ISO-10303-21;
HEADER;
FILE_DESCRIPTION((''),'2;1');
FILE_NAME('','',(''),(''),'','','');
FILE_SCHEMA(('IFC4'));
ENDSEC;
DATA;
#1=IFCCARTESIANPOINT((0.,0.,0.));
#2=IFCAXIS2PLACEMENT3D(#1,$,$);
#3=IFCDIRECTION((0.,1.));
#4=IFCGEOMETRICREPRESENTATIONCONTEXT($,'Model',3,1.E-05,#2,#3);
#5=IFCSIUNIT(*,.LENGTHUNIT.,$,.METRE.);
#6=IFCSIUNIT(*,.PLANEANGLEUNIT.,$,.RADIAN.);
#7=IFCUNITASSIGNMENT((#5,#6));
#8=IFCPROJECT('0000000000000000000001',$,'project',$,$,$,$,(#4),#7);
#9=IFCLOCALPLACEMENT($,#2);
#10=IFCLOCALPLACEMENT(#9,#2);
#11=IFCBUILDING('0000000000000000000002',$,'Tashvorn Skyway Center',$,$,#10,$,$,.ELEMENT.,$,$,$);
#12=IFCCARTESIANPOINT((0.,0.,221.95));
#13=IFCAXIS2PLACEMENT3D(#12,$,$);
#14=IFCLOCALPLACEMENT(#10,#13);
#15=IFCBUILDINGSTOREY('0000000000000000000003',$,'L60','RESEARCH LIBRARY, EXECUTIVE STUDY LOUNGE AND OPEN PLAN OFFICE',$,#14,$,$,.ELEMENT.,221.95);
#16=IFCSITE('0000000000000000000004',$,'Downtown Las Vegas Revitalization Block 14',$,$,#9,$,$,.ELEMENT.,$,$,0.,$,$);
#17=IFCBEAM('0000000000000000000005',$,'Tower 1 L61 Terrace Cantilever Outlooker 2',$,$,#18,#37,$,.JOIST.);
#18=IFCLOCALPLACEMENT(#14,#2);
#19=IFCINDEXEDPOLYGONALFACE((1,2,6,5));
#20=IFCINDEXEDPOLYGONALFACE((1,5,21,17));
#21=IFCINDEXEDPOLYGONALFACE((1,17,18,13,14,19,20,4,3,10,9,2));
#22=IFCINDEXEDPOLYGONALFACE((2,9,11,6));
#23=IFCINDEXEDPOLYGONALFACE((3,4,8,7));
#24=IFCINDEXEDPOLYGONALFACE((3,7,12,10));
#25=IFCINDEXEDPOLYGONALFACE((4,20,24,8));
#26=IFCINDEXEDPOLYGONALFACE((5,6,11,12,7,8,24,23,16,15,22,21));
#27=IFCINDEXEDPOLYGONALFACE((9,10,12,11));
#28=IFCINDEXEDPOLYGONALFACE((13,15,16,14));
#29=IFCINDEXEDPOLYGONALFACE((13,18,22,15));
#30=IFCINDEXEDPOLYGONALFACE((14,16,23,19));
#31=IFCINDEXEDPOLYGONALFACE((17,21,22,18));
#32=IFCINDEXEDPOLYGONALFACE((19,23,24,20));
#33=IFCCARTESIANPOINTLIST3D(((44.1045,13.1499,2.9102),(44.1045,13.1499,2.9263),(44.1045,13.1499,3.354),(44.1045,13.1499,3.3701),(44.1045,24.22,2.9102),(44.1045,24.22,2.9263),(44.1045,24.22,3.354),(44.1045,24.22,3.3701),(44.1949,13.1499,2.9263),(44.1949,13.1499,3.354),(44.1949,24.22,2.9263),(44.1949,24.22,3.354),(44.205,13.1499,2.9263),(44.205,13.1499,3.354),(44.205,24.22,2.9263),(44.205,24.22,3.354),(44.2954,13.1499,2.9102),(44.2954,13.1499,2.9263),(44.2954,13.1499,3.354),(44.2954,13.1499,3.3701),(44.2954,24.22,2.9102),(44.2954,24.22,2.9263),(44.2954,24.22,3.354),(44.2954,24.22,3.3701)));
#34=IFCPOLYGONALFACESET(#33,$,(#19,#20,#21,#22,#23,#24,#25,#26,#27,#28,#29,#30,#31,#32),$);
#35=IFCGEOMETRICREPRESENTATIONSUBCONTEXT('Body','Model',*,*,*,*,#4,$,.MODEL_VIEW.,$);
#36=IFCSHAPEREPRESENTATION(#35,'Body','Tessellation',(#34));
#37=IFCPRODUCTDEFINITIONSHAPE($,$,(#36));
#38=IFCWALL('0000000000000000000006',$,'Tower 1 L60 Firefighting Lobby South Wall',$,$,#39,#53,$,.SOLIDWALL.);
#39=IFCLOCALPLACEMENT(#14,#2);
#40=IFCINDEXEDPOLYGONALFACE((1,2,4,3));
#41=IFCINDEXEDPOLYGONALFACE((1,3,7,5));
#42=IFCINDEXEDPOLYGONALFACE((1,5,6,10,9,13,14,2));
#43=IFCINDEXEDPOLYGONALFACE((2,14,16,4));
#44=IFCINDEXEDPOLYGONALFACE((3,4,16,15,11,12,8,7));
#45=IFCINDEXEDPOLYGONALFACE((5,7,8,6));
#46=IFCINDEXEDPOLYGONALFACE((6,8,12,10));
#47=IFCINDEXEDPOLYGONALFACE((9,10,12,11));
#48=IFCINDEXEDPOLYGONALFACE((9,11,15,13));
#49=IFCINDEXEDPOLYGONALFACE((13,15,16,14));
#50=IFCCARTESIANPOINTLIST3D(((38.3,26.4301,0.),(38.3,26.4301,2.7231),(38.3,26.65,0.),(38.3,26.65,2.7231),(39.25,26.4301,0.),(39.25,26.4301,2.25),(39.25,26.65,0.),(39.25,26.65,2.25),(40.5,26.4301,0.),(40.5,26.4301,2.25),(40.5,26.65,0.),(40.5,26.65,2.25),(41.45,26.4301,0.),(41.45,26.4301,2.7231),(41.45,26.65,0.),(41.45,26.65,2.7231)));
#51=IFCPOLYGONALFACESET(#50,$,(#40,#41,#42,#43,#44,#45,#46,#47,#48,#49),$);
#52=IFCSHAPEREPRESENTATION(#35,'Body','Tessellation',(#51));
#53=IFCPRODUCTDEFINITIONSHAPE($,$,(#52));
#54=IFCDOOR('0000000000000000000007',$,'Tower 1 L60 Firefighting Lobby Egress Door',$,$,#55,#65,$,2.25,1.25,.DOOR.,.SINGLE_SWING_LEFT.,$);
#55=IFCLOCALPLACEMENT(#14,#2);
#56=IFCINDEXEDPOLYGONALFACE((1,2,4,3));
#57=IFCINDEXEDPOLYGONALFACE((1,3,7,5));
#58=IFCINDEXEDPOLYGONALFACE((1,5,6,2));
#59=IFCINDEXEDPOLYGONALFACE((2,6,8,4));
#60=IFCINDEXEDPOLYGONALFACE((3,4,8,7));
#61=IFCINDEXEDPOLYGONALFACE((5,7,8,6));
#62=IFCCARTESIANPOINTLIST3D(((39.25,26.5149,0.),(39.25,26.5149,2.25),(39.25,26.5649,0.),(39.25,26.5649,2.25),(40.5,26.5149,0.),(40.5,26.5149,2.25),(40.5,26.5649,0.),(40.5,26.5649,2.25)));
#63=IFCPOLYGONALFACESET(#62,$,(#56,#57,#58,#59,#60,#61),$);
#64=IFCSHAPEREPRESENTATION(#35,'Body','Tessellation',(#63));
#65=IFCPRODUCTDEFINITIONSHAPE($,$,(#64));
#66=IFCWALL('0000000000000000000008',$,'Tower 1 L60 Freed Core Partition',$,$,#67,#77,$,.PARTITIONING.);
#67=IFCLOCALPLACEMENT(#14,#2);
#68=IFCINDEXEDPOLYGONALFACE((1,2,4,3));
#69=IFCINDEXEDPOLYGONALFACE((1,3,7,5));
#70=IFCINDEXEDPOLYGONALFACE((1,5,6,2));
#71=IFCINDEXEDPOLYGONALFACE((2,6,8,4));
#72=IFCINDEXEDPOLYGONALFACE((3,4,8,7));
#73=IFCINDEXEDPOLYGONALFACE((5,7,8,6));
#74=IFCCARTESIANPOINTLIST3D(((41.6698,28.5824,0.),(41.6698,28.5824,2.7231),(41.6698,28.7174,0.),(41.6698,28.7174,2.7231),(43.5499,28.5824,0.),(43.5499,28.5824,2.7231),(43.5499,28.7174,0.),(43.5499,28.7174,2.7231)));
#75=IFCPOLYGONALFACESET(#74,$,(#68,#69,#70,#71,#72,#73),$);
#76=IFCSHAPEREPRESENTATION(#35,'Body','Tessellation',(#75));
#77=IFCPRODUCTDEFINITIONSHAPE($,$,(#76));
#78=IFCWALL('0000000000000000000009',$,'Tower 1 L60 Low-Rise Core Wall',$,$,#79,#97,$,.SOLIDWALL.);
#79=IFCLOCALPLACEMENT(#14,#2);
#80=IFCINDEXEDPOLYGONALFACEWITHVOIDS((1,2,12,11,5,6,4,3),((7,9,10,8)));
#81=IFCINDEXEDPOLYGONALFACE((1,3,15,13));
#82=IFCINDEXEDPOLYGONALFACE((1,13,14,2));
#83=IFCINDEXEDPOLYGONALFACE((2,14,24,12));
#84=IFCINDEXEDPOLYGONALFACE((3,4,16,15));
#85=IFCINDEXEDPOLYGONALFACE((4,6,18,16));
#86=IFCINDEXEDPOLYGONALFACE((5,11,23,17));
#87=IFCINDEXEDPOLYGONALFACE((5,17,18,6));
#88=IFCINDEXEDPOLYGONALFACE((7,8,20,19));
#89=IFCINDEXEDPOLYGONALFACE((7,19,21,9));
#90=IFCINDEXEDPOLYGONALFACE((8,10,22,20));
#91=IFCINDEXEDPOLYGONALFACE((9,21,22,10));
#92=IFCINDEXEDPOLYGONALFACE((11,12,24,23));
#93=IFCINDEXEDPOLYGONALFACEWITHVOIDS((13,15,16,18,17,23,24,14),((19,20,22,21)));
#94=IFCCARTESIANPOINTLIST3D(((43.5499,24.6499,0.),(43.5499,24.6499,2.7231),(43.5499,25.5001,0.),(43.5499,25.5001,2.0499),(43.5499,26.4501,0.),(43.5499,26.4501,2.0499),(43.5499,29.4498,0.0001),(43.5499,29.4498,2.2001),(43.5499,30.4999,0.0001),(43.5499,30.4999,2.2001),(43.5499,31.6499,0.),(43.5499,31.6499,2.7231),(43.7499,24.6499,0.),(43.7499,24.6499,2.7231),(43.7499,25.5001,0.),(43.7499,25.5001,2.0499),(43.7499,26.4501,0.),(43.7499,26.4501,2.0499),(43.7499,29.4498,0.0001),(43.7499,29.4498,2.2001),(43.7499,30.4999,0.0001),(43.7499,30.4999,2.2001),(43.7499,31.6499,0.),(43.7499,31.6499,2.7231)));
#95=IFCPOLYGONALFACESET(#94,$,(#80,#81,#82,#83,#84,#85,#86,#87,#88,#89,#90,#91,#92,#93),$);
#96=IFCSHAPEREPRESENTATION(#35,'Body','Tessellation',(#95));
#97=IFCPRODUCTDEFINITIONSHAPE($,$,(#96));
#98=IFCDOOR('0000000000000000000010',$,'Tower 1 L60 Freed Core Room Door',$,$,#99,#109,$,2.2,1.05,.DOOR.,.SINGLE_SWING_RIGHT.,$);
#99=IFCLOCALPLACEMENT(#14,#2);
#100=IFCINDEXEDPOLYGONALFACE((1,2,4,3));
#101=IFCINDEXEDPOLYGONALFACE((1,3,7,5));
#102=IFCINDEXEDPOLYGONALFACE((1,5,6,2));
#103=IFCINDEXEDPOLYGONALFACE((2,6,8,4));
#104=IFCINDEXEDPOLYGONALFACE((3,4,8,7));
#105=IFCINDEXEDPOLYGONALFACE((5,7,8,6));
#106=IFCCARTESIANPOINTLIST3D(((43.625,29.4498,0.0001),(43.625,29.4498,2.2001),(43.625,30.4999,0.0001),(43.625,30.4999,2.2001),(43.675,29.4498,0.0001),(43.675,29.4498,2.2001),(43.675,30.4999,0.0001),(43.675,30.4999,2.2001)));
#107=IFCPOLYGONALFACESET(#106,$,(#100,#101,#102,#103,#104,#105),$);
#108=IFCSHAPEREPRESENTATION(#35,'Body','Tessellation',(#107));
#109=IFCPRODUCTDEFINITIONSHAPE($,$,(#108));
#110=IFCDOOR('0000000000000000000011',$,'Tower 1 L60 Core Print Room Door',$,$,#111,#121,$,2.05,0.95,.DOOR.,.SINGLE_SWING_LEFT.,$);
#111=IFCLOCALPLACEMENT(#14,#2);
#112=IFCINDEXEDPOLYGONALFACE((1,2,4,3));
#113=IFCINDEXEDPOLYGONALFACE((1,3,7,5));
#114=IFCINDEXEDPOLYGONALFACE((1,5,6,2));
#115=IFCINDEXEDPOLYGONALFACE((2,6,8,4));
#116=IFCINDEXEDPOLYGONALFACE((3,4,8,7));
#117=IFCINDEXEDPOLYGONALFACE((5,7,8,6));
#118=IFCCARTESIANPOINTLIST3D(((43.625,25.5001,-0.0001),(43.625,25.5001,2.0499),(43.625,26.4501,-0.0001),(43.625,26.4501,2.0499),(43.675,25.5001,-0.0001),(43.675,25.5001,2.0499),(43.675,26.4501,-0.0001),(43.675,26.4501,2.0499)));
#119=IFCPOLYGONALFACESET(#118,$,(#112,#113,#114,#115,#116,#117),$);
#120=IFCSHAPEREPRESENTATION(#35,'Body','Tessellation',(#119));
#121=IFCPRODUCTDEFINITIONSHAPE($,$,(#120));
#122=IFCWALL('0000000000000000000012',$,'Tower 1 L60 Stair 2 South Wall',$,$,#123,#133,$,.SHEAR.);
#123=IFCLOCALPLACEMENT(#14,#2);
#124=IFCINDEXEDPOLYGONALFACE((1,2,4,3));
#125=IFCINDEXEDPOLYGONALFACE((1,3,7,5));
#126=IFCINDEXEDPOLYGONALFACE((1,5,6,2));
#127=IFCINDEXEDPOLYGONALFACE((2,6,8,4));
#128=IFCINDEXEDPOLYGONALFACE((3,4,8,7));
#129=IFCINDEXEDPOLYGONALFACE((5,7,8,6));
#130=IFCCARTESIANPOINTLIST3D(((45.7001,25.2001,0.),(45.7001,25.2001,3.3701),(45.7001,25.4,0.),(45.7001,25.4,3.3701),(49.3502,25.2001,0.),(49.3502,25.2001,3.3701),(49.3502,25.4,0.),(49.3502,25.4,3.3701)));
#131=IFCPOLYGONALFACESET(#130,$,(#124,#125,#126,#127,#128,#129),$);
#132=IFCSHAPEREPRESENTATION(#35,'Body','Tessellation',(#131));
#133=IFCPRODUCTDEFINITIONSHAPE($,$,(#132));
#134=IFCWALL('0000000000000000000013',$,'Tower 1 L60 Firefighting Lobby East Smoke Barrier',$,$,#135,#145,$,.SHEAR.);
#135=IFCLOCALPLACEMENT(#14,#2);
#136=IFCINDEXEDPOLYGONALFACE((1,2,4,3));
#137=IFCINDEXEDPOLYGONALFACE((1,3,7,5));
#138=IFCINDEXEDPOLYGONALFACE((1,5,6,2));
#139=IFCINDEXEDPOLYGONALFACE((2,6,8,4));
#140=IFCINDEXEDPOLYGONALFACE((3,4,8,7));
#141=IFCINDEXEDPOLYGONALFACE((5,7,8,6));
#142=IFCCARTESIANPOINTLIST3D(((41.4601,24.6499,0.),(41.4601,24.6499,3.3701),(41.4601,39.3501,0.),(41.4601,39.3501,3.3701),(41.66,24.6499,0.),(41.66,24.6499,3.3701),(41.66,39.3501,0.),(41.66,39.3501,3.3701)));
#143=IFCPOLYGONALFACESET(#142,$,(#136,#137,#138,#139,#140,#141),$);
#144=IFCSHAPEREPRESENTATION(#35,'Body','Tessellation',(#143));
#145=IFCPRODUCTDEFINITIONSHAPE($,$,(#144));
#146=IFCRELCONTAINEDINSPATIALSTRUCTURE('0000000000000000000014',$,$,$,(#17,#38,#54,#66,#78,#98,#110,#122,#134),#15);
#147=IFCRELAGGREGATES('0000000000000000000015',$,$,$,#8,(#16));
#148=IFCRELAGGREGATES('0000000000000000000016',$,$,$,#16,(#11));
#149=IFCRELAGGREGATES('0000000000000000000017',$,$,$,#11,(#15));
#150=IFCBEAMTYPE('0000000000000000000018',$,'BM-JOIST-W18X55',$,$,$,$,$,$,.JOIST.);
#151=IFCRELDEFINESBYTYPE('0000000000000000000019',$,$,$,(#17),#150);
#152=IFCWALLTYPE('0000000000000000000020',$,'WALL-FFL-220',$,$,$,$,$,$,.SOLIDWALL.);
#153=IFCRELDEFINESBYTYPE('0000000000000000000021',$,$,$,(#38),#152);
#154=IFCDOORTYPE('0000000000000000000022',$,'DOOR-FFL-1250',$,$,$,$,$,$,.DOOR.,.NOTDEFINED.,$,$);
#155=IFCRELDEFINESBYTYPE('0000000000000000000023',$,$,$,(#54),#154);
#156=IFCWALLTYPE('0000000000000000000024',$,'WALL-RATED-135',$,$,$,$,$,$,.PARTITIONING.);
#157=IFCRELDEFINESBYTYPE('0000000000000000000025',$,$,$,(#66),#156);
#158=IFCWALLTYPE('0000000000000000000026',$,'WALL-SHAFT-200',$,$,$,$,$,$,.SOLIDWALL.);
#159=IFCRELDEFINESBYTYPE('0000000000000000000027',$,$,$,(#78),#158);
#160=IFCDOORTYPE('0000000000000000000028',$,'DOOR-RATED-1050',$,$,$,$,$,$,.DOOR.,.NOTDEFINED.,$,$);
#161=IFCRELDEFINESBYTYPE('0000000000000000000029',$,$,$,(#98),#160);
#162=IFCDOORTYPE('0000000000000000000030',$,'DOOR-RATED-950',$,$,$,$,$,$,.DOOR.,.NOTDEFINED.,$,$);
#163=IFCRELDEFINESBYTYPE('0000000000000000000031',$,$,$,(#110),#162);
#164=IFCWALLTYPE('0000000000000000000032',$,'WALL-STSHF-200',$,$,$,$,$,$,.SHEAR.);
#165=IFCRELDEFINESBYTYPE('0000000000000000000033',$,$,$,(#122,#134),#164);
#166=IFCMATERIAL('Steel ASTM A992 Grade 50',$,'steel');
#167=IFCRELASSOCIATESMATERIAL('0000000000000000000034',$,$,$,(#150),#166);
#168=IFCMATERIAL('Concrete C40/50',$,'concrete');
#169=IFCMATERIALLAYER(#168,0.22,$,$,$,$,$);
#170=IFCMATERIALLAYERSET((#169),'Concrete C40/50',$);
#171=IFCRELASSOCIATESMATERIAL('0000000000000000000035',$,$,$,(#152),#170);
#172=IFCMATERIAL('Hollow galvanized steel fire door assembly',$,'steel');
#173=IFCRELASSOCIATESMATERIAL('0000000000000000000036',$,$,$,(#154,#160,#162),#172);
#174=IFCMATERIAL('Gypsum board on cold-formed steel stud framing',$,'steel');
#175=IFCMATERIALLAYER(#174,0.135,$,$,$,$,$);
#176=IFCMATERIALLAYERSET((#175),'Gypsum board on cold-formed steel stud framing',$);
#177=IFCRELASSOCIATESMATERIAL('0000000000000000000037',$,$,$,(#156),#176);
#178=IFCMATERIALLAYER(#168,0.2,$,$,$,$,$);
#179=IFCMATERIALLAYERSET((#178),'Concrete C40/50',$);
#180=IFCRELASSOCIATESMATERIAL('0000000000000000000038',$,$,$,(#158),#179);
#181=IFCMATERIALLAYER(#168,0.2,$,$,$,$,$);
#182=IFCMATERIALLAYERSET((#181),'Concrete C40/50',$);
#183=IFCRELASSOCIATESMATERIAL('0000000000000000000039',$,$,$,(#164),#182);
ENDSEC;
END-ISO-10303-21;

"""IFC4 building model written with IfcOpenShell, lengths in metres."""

from ifc_helpers import new_model, si_unit, direction, frame, frame_2d, origin, origin_2d, place, context, subcontext, project, spatial, rectangle, i_section, extrude, material, layer, layer_set, material_profile, profile_set, type_object, element, fill, save


model = new_model("IFC4")

# Units and contexts
model_context = context("Model", 3, precision=1e-05, world=origin(), true_north=direction((0.0, 1.0)))
body_context = subcontext(model_context, "Body", "Model", "MODEL_VIEW")
ifc_project = project(units=[si_unit("LENGTHUNIT", "METRE"), si_unit("PLANEANGLEUNIT", "RADIAN")], contexts=[model_context])

# Site, building, storey
site_placement = place(None, origin())
site = spatial("IfcSite", under=ifc_project, at=site_placement, Name="Downtown Las Vegas Revitalization Block 14", CompositionType="ELEMENT", RefElevation=0.0)
building_placement = place(site_placement, origin())
building = spatial("IfcBuilding", under=site, at=building_placement, Name="Tashvorn Skyway Center", CompositionType="ELEMENT")
storey_placement = place(building_placement, frame((0.0, 0.0, 221.95)))
storey = spatial("IfcBuildingStorey", under=building, at=storey_placement, Name="L60", Description="RESEARCH LIBRARY, EXECUTIVE STUDY LOUNGE AND OPEN PLAN OFFICE", CompositionType="ELEMENT", Elevation=221.95)

# Beam
ifc_material_1 = material(Name="Steel ASTM A992 Grade 50", Category="steel")
ifc_material_profile = material_profile(ifc_material_1, i_section(OverallWidth=0.1909, OverallDepth=0.46, WebThickness=0.01, FlangeThickness=0.0161, at=origin_2d()), Name="W18X55")
ifc_profile_set = profile_set([ifc_material_profile], Name="Steel ASTM A992 Grade 50")
beam_type = type_object("IfcBeamType", Name="BM-JOIST-W18X55", PredefinedType="JOIST", material=ifc_profile_set)
beam_placement = place(storey_placement, frame((44.2, 24.22, 3.1401), z_axis=(0.0, -1.0, 0.0), x_axis=(1.0, 0.0, 0.0)))
element("IfcBeam", 1, at=beam_placement, inside=storey, type_object=beam_type, Name="Tower 1 L61 Terrace Cantilever Outlooker 2", PredefinedType="JOIST", context=body_context, shape_type="SweptSolid", body=[
    extrude(i_section(OverallWidth=0.1909, OverallDepth=0.46, WebThickness=0.01, FlangeThickness=0.0161, at=origin_2d()), origin(), (0.0, 0.0, 1.0), 11.0701),
])

# Wall, opening, door
ifc_material_2 = material(Name="Concrete C40/50", Category="concrete")
ifc_layer_1 = layer(ifc_material_2, 0.22)
ifc_layer_set_1 = layer_set([ifc_layer_1], Name="Concrete C40/50")
wall_type_1 = type_object("IfcWallType", Name="WALL-FFL-220", PredefinedType="SOLIDWALL", material=ifc_layer_set_1)
wall_1_placement = place(storey_placement, frame((38.3, 26.54, 0.0), z_axis=(0.0, 0.0, 1.0), x_axis=(1.0, 0.0, 0.0)))
wall_1 = element("IfcWall", 2, at=wall_1_placement, inside=storey, type_object=wall_type_1, Name="Tower 1 L60 Firefighting Lobby South Wall", PredefinedType="SOLIDWALL", context=body_context, shape_type="SweptSolid", body=[
    extrude(rectangle(XDim=3.1499, YDim=0.22, at=frame_2d((1.575, 0.0))), origin(), (0.0, 0.0, 1.0), 2.7231),
])
opening_1_placement = place(wall_1_placement, frame((0.95, 0.0, 0.0)))
opening_1 = element("IfcOpeningElement", 3, at=opening_1_placement, cuts=wall_1, PredefinedType="OPENING", context=body_context, shape_type="SweptSolid", body=[
    extrude(rectangle(XDim=1.25, YDim=2.25, at=frame_2d((0.625, 1.125))), frame((0.0, 0.1199, 0.0), z_axis=(0.0, -1.0, 0.0), x_axis=(1.0, 0.0, 0.0)), (0.0, 0.0, 1.0), 0.24),
])
ifc_material_3 = material(Name="Hollow galvanized steel fire door assembly", Category="steel")
door_type_1 = type_object("IfcDoorType", Name="DOOR-FFL-1250", OperationType="NOTDEFINED", PredefinedType="DOOR", material=ifc_material_3)
door_1_placement = place(opening_1_placement, origin())
door_1 = element("IfcDoor", 4, at=door_1_placement, inside=storey, type_object=door_type_1, Name="Tower 1 L60 Firefighting Lobby Egress Door", OperationType="SINGLE_SWING_LEFT", OverallHeight=2.25, OverallWidth=1.25, PredefinedType="DOOR", context=body_context, shape_type="SweptSolid", body=[
    extrude(rectangle(XDim=1.25, YDim=2.25, at=frame_2d((0.625, 1.125))), frame((0.0, 0.0249, 0.0), z_axis=(0.0, -1.0, 0.0), x_axis=(1.0, 0.0, 0.0)), (0.0, 0.0, 1.0), 0.05),
])
fill(opening_1, door_1)

# Wall
ifc_material_4 = material(Name="Gypsum board on cold-formed steel stud framing", Category="steel")
ifc_layer_2 = layer(ifc_material_4, 0.135)
ifc_layer_set_2 = layer_set([ifc_layer_2], Name="Gypsum board on cold-formed steel stud framing")
wall_type_2 = type_object("IfcWallType", Name="WALL-RATED-135", PredefinedType="PARTITIONING", material=ifc_layer_set_2)
wall_2_placement = place(storey_placement, frame((41.6699, 28.6499, 0.0), z_axis=(0.0, 0.0, 1.0), x_axis=(1.0, 0.0, 0.0)))
element("IfcWall", 5, at=wall_2_placement, inside=storey, type_object=wall_type_2, Name="Tower 1 L60 Freed Core Partition", PredefinedType="PARTITIONING", context=body_context, shape_type="SweptSolid", body=[
    extrude(rectangle(XDim=1.8801, YDim=0.135, at=frame_2d((0.9399, 0.0))), origin(), (0.0, 0.0, 1.0), 2.7231),
])

# Wall, openings, doors
ifc_layer_3 = layer(ifc_material_2, 0.2)
ifc_layer_set_3 = layer_set([ifc_layer_3], Name="Concrete C40/50")
wall_type_3 = type_object("IfcWallType", Name="WALL-SHAFT-200", PredefinedType="SOLIDWALL", material=ifc_layer_set_3)
wall_3_placement = place(storey_placement, frame((43.6499, 24.6499, 0.0), z_axis=(0.0, 0.0, 1.0), x_axis=(0.0, 1.0, 0.0)))
wall_3 = element("IfcWall", 6, at=wall_3_placement, inside=storey, type_object=wall_type_3, Name="Tower 1 L60 Low-Rise Core Wall", PredefinedType="SOLIDWALL", context=body_context, shape_type="SweptSolid", body=[
    extrude(rectangle(XDim=7.0, YDim=0.2, at=frame_2d((3.5, 0.0))), origin(), (0.0, 0.0, 1.0), 2.7231),
])
opening_2_placement = place(wall_3_placement, frame((0.8501, 0.0, 0.0)))
opening_2 = element("IfcOpeningElement", 7, at=opening_2_placement, cuts=wall_3, PredefinedType="OPENING", context=body_context, shape_type="SweptSolid", body=[
    extrude(rectangle(XDim=0.95, YDim=2.05, at=frame_2d((0.4751, 1.0249))), frame((0.0, 0.1099, 0.0), z_axis=(0.0, -1.0, 0.0), x_axis=(1.0, 0.0, 0.0)), (0.0, 0.0, 1.0), 0.22),
])
opening_3_placement = place(wall_3_placement, frame((4.8, 0.0, 0.0)))
opening_3 = element("IfcOpeningElement", 8, at=opening_3_placement, cuts=wall_3, PredefinedType="OPENING", context=body_context, shape_type="SweptSolid", body=[
    extrude(rectangle(XDim=1.05, YDim=2.2, at=frame_2d((0.5249, 1.1001))), frame((0.0, 0.1099, 0.0), z_axis=(0.0, -1.0, 0.0), x_axis=(1.0, 0.0, 0.0)), (0.0, 0.0, 1.0), 0.22),
])
door_type_2 = type_object("IfcDoorType", Name="DOOR-RATED-1050", OperationType="NOTDEFINED", PredefinedType="DOOR", material=ifc_material_3)
door_2_placement = place(opening_3_placement, origin())
door_2 = element("IfcDoor", 9, at=door_2_placement, inside=storey, type_object=door_type_2, Name="Tower 1 L60 Freed Core Room Door", OperationType="SINGLE_SWING_RIGHT", OverallHeight=2.2, OverallWidth=1.05, PredefinedType="DOOR", context=body_context, shape_type="SweptSolid", body=[
    extrude(rectangle(XDim=1.05, YDim=2.2, at=frame_2d((0.5249, 1.1001))), frame((0.0, 0.0249, 0.0), z_axis=(0.0, -1.0, 0.0), x_axis=(1.0, 0.0, 0.0)), (0.0, 0.0, 1.0), 0.05),
])
fill(opening_3, door_2)
door_type_3 = type_object("IfcDoorType", Name="DOOR-RATED-950", OperationType="NOTDEFINED", PredefinedType="DOOR", material=ifc_material_3)
door_3_placement = place(opening_2_placement, origin())
door_3 = element("IfcDoor", 10, at=door_3_placement, inside=storey, type_object=door_type_3, Name="Tower 1 L60 Core Print Room Door", OperationType="SINGLE_SWING_LEFT", OverallHeight=2.05, OverallWidth=0.95, PredefinedType="DOOR", context=body_context, shape_type="SweptSolid", body=[
    extrude(rectangle(XDim=0.95, YDim=2.05, at=frame_2d((0.4751, 1.0249))), frame((0.0, 0.0249, 0.0), z_axis=(0.0, -1.0, 0.0), x_axis=(1.0, 0.0, 0.0)), (0.0, 0.0, 1.0), 0.05),
])
fill(opening_2, door_3)

# Walls
ifc_layer_4 = layer(ifc_material_2, 0.2)
ifc_layer_set_4 = layer_set([ifc_layer_4], Name="Concrete C40/50")
wall_type_4 = type_object("IfcWallType", Name="WALL-STSHF-200", PredefinedType="SHEAR", material=ifc_layer_set_4)
wall_4_placement = place(storey_placement, frame((45.7, 25.3, 0.0), z_axis=(0.0, 0.0, 1.0), x_axis=(1.0, 0.0, 0.0)))
element("IfcWall", 11, at=wall_4_placement, inside=storey, type_object=wall_type_4, Name="Tower 1 L60 Stair 2 South Wall", PredefinedType="SHEAR", context=body_context, shape_type="SweptSolid", body=[
    extrude(rectangle(XDim=3.6501, YDim=0.2, at=frame_2d((1.8252, 0.0))), origin(), (0.0, 0.0, 1.0), 3.3701),
])
wall_5_placement = place(storey_placement, frame((41.5601, 24.6499, 0.0), z_axis=(0.0, 0.0, 1.0), x_axis=(0.0, 1.0, 0.0)))
element("IfcWall", 12, at=wall_5_placement, inside=storey, type_object=wall_type_4, Name="Tower 1 L60 Firefighting Lobby East Smoke Barrier", PredefinedType="SHEAR", context=body_context, shape_type="SweptSolid", body=[
    extrude(rectangle(XDim=14.7002, YDim=0.2, at=frame_2d((7.3501, 0.0))), origin(), (0.0, 0.0, 1.0), 3.3701),
])

save(model, "model.ifc")
